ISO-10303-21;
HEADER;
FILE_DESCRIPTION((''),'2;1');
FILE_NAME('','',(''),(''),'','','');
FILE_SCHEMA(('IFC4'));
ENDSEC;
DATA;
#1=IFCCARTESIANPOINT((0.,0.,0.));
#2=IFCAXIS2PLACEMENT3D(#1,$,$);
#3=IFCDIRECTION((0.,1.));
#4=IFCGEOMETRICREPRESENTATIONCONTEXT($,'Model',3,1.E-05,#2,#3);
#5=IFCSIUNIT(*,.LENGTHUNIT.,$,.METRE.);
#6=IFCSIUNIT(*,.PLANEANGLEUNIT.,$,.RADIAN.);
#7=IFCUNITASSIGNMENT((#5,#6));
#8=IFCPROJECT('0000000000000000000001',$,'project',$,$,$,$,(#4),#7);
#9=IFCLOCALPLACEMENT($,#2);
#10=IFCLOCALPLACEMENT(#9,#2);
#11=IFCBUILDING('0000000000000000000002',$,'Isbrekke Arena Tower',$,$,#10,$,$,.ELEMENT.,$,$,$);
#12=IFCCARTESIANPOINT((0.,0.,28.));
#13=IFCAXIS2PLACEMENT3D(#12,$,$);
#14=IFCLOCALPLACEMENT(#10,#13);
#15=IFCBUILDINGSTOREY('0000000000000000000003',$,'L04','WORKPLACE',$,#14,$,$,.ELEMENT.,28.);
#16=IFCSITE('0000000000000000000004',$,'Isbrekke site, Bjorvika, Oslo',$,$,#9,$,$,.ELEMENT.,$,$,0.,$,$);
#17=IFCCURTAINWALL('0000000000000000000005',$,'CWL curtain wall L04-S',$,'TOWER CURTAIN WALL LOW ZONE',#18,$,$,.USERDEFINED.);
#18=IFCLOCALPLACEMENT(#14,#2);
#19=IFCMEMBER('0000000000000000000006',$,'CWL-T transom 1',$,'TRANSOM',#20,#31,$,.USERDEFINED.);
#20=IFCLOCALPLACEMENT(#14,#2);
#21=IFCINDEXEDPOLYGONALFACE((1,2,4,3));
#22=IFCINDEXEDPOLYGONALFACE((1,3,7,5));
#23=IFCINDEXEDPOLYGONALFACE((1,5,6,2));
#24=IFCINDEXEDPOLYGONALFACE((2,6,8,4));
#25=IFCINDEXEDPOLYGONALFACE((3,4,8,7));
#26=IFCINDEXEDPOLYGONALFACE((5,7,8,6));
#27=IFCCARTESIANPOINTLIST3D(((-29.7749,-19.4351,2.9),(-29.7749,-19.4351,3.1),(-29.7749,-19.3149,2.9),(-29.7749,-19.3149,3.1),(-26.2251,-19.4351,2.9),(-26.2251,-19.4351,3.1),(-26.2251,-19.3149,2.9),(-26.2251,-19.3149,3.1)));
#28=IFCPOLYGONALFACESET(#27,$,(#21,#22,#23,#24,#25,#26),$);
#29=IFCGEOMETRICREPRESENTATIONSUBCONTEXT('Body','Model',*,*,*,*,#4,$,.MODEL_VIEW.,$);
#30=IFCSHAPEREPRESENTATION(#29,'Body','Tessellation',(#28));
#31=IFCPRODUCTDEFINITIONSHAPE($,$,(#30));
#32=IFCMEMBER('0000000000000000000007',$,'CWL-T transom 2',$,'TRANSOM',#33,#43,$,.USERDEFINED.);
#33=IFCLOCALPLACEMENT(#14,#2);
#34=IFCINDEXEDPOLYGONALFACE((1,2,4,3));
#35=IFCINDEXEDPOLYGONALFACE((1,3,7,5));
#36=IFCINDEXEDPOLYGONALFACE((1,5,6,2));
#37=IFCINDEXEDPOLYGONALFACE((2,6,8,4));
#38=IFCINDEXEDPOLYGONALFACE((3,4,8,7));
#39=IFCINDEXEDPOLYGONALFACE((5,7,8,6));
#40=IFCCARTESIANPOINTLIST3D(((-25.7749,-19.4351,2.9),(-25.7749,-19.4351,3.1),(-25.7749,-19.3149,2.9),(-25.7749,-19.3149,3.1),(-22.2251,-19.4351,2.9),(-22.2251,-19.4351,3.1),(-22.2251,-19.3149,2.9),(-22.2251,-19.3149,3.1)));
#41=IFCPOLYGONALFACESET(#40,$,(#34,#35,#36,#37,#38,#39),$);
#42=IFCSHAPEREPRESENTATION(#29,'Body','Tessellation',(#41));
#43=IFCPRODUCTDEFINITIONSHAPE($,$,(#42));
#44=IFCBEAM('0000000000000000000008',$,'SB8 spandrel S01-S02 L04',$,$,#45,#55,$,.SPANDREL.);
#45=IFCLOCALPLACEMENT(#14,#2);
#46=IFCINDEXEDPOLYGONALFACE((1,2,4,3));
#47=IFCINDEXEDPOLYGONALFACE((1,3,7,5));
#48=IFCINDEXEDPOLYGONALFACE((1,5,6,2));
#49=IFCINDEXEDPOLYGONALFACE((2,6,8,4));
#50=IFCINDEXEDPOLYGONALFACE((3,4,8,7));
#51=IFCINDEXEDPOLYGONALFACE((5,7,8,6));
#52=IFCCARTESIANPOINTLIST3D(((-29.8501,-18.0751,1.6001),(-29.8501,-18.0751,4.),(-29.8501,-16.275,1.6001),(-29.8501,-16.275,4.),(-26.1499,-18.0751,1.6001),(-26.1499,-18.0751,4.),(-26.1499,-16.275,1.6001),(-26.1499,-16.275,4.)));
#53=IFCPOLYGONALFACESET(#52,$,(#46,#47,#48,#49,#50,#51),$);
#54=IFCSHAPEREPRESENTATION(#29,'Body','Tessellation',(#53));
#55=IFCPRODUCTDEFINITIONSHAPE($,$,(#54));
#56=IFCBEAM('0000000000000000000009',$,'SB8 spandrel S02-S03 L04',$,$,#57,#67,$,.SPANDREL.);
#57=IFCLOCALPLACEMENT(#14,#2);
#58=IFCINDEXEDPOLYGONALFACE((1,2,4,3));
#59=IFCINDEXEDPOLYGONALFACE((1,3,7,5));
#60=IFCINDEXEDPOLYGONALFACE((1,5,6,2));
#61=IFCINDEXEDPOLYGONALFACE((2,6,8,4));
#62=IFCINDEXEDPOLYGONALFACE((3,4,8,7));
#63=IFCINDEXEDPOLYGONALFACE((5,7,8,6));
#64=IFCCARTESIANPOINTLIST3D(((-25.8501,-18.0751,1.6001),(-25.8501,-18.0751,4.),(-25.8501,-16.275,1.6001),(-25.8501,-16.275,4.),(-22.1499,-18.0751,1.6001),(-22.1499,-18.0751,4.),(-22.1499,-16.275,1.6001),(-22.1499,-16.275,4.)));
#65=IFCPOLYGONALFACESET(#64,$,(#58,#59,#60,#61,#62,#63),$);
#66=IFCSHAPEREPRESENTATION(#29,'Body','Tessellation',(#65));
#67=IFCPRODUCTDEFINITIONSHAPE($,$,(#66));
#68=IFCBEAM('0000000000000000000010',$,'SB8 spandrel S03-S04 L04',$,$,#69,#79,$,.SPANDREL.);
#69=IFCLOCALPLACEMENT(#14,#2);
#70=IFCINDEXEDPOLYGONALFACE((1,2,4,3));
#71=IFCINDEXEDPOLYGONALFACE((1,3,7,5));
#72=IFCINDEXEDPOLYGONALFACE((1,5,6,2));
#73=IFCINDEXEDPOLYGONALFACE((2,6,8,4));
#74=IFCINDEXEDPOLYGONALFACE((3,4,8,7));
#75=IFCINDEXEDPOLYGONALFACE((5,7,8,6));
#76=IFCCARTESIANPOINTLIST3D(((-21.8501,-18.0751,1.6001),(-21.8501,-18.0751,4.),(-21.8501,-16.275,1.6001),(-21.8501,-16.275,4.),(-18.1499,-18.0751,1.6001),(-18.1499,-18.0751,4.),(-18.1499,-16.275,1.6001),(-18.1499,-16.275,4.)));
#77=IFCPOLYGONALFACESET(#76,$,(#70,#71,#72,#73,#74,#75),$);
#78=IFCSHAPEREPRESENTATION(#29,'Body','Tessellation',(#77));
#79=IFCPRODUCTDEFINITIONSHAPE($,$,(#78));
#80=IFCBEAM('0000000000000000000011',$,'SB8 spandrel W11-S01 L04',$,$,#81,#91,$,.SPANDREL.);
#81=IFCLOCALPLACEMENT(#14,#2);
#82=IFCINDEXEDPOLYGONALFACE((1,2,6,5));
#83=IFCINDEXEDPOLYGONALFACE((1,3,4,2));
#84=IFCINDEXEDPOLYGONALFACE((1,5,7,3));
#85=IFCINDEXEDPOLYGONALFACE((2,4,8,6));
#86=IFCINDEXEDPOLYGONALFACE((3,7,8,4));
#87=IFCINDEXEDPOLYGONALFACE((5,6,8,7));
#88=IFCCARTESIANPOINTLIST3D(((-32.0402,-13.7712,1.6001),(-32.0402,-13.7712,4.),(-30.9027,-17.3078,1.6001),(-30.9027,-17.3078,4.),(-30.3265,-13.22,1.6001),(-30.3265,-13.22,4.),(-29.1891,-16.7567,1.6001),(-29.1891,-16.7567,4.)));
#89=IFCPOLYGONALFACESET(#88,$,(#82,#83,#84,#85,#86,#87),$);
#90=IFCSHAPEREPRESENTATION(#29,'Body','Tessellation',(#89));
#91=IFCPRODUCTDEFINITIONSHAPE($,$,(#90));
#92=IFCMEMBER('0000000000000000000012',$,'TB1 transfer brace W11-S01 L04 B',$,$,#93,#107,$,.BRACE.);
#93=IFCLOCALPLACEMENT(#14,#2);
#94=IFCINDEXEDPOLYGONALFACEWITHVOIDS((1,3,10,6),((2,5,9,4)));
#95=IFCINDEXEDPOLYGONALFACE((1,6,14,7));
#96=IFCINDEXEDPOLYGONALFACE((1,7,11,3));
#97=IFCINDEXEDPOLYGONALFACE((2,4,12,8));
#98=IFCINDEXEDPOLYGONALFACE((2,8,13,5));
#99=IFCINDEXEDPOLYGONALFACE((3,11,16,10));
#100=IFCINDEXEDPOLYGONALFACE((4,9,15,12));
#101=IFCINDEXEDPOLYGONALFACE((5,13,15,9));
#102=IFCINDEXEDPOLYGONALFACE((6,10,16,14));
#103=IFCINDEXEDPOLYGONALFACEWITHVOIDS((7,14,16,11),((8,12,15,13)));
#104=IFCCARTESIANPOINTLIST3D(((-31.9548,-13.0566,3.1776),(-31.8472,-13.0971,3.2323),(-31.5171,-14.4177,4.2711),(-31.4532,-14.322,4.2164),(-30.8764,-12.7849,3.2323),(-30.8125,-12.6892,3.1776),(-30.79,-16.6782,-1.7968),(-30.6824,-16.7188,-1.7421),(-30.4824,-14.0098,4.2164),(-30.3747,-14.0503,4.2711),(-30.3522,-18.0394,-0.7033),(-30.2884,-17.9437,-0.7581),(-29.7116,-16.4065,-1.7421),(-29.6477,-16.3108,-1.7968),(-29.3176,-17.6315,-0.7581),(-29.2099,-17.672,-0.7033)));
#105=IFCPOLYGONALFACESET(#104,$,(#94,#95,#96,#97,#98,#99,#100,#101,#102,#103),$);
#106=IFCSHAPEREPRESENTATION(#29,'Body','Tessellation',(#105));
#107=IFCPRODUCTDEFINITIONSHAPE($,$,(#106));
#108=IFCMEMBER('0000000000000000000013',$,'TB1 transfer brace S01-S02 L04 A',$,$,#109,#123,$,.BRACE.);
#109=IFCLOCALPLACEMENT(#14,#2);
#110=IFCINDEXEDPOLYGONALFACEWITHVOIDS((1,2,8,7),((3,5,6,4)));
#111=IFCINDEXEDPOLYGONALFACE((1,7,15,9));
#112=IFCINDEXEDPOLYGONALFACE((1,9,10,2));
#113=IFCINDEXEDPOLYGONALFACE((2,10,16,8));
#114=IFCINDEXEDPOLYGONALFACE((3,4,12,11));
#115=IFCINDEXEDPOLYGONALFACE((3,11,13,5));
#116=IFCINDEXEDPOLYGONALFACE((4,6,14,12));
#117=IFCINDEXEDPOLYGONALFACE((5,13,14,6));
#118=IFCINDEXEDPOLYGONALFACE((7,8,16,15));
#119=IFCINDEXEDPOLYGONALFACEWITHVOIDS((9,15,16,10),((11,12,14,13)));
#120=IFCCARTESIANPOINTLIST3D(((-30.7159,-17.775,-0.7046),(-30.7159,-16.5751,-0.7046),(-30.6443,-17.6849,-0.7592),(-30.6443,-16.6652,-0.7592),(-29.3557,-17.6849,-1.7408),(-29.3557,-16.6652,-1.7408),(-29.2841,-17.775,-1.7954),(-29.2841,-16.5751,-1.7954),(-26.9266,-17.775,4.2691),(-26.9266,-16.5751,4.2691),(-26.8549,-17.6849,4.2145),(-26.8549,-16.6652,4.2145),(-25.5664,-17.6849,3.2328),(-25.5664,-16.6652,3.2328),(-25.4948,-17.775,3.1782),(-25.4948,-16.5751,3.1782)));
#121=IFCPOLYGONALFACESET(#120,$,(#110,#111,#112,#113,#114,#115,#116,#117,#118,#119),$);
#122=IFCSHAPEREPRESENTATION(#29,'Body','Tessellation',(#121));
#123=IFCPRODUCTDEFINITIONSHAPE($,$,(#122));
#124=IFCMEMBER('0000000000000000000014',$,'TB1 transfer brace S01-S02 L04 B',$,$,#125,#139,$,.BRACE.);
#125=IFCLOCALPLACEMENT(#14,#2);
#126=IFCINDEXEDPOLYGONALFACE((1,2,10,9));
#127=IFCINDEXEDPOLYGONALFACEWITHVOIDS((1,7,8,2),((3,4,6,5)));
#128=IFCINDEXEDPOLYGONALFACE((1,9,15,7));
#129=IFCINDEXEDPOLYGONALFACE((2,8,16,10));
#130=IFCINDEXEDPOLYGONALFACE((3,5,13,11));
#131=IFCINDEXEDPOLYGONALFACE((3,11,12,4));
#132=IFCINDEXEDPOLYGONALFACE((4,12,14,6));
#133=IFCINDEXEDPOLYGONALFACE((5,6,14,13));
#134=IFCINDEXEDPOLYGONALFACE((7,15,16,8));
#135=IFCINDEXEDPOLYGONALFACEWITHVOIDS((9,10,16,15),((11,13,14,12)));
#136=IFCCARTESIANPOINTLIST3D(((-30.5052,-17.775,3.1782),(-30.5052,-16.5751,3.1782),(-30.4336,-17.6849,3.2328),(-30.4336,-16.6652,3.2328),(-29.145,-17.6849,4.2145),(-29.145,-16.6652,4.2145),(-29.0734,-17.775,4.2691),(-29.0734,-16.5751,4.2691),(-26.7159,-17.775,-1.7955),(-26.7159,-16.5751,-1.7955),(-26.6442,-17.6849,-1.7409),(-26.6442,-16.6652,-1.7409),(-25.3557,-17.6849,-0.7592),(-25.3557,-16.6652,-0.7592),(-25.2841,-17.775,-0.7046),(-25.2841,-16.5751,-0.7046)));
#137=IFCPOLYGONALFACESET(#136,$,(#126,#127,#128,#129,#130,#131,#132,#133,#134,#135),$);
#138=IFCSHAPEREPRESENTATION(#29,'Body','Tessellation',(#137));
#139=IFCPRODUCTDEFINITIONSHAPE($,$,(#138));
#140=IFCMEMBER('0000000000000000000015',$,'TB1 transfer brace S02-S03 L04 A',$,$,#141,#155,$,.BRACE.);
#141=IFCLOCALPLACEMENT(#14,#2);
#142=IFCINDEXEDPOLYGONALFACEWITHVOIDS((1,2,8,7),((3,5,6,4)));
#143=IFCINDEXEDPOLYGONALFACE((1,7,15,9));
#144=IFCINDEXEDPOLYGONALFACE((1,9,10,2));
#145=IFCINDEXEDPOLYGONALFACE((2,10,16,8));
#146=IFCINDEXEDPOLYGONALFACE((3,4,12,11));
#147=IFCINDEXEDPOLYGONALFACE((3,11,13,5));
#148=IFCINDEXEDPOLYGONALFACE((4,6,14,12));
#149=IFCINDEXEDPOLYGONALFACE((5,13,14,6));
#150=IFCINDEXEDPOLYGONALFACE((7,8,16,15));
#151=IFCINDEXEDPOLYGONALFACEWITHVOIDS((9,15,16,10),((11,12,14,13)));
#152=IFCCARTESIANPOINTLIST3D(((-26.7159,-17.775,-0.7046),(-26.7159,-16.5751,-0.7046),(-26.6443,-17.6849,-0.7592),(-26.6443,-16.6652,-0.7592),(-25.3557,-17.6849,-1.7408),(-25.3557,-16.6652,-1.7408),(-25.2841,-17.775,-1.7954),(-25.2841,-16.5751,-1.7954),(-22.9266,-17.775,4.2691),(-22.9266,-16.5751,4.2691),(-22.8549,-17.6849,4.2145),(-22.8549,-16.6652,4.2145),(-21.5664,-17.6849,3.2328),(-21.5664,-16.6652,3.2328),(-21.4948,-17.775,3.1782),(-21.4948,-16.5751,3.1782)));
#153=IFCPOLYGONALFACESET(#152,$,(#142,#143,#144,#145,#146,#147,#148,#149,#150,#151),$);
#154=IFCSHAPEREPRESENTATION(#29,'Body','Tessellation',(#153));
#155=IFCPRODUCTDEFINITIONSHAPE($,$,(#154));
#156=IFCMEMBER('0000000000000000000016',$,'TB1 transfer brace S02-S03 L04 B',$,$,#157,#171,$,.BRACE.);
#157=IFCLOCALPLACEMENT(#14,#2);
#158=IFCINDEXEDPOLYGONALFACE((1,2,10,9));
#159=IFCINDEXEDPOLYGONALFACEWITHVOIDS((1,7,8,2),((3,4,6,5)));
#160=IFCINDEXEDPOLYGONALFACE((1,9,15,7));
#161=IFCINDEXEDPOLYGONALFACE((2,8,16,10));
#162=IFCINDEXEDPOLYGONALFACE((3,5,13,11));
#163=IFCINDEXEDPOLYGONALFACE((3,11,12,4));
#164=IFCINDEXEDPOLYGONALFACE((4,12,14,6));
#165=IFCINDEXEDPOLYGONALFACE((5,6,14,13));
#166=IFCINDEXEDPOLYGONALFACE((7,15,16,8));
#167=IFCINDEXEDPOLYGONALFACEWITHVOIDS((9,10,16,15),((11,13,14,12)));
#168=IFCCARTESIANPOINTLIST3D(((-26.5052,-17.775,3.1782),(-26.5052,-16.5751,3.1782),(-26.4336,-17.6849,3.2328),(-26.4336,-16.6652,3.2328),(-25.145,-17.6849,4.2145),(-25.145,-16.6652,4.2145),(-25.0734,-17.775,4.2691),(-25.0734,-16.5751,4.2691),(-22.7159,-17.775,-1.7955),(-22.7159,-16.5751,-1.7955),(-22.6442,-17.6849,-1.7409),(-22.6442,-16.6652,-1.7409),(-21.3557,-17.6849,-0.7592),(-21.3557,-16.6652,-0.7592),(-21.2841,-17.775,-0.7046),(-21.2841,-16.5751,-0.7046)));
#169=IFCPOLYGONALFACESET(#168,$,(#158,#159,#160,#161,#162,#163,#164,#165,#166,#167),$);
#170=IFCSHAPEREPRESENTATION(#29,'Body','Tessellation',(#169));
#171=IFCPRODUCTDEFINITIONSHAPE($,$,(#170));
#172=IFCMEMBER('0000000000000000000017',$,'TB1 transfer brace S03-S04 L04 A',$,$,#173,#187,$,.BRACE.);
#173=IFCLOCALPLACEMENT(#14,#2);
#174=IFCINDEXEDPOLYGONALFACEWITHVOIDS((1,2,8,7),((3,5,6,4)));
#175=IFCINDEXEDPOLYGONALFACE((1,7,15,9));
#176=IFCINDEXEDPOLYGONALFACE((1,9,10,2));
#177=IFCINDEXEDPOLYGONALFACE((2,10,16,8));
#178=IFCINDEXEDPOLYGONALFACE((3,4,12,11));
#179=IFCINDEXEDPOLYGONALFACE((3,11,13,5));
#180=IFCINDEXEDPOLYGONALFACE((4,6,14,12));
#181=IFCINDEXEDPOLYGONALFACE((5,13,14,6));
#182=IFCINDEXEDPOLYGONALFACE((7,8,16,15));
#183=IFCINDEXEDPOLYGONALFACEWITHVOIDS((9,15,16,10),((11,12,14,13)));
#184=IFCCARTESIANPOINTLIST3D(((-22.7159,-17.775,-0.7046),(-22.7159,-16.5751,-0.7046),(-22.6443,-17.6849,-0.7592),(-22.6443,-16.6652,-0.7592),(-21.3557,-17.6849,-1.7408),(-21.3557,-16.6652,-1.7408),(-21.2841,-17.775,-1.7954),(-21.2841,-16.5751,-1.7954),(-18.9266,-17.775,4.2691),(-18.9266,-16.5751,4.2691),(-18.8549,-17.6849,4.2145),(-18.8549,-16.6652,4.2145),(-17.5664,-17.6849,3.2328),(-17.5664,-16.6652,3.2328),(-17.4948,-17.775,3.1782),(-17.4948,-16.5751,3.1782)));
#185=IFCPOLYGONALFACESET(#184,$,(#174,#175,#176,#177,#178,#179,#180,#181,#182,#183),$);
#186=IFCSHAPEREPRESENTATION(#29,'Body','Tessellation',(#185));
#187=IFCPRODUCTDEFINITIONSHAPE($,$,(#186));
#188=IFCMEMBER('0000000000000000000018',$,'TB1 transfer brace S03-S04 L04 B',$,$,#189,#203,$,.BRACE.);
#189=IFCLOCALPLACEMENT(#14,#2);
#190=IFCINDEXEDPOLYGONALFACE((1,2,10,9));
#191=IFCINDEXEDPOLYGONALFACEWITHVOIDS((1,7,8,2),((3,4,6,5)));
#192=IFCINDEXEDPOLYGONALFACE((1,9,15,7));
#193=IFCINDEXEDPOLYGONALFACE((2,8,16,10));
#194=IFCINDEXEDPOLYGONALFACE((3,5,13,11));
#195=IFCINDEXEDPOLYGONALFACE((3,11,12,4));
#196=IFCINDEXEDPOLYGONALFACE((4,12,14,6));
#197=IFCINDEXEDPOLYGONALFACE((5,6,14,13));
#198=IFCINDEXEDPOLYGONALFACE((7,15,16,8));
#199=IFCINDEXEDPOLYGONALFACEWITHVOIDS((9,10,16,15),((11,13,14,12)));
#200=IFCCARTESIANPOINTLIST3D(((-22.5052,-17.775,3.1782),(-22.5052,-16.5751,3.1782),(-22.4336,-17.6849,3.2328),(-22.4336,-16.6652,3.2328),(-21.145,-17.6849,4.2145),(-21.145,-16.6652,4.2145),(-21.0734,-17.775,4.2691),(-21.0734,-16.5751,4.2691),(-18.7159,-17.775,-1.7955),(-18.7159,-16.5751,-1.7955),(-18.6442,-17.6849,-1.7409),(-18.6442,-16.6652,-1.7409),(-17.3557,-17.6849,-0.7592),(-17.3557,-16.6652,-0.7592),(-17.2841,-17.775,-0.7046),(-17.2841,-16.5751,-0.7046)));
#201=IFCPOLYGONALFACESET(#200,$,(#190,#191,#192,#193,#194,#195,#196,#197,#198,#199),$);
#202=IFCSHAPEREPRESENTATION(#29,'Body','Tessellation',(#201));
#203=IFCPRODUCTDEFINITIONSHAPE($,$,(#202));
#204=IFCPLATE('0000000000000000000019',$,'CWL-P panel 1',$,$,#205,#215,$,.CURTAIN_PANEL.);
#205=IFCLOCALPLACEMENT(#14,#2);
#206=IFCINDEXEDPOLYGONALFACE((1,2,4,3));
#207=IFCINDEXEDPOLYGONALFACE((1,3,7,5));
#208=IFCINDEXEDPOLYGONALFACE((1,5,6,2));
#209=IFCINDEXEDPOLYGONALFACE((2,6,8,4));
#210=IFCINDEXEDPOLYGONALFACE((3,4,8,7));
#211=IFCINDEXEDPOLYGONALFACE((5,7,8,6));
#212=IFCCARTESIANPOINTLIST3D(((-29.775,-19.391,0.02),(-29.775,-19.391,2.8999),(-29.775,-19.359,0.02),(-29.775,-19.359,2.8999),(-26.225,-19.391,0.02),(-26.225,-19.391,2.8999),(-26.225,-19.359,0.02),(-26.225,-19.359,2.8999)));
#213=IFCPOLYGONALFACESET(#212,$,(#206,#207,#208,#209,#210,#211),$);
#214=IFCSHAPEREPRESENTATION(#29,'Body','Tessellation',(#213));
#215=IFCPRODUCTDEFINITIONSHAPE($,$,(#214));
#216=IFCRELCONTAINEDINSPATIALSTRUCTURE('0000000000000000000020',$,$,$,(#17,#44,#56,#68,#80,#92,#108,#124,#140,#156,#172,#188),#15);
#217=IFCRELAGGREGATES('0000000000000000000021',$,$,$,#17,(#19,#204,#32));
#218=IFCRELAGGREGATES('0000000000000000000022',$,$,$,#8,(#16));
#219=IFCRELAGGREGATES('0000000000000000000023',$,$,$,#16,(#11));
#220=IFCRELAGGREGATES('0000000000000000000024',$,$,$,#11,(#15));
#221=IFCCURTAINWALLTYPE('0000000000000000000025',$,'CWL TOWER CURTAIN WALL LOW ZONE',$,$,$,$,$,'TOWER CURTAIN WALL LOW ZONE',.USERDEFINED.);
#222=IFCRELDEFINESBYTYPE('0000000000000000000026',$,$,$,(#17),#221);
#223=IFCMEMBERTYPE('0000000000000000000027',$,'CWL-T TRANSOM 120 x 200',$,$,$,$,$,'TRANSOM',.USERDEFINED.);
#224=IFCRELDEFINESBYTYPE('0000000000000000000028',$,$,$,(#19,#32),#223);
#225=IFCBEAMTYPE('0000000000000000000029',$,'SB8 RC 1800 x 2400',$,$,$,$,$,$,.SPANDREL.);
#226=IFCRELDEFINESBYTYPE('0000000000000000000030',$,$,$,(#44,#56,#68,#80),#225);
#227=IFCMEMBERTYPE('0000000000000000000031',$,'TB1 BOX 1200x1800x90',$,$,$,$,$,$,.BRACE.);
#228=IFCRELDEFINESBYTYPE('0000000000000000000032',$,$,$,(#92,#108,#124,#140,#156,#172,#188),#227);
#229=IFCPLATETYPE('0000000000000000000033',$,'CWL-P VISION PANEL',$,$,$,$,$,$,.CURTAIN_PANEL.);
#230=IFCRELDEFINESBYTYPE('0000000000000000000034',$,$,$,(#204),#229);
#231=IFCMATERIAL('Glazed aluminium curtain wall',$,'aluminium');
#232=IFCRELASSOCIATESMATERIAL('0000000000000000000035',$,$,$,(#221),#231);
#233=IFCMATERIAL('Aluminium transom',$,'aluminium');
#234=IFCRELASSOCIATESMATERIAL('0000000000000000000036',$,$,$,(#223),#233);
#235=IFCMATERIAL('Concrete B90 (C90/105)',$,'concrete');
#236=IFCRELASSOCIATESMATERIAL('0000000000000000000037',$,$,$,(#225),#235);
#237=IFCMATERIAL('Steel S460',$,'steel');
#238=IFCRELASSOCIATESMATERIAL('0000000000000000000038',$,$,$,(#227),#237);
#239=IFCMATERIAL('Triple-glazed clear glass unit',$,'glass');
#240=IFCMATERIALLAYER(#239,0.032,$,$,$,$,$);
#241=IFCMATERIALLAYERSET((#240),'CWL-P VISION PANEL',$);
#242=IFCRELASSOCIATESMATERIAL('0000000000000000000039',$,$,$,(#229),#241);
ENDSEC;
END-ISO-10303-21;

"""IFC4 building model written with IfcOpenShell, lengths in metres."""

from ifc_helpers import new_model, si_unit, direction, frame, origin, origin_2d, place, context, subcontext, project, spatial, rectangle, hollow_rectangle, extrude, material, layer, layer_set, material_profile, profile_set, type_object, element, aggregate, save


model = new_model("IFC4")

# Units and contexts
model_context = context("Model", 3, precision=1e-05, world=origin(), true_north=direction((0.0, 1.0)))
body_context = subcontext(model_context, "Body", "Model", "MODEL_VIEW")
ifc_project = project(units=[si_unit("LENGTHUNIT", "METRE"), si_unit("PLANEANGLEUNIT", "RADIAN")], contexts=[model_context])

# Site, building, storey
site_placement = place(None, origin())
site = spatial("IfcSite", under=ifc_project, at=site_placement, Name="Isbrekke site, Bjorvika, Oslo", CompositionType="ELEMENT", RefElevation=0.0)
building_placement = place(site_placement, origin())
building = spatial("IfcBuilding", under=site, at=building_placement, Name="Isbrekke Arena Tower", CompositionType="ELEMENT")
storey_placement = place(building_placement, frame((0.0, 0.0, 28.0)))
storey = spatial("IfcBuildingStorey", under=building, at=storey_placement, Name="L04", Description="WORKPLACE", CompositionType="ELEMENT", Elevation=28.0)

# Curtain wall, members
ifc_material_1 = material(Name="Glazed aluminium curtain wall", Category="aluminium")
curtain_wall_type = type_object("IfcCurtainWallType", Name="CWL TOWER CURTAIN WALL LOW ZONE", ElementType="TOWER CURTAIN WALL LOW ZONE", PredefinedType="USERDEFINED", material=ifc_material_1)
curtain_wall_placement = place(storey_placement, origin())
curtain_wall = element("IfcCurtainWall", 1, at=curtain_wall_placement, inside=storey, type_object=curtain_wall_type, Name="CWL curtain wall L04-S", ObjectType="TOWER CURTAIN WALL LOW ZONE", PredefinedType="USERDEFINED")
ifc_material_2 = material(Name="Aluminium transom", Category="aluminium")
ifc_material_profile_1 = material_profile(ifc_material_2, rectangle(XDim=0.1201, YDim=0.2, at=origin_2d()), Name="TRANSOM 120X200")
ifc_profile_set_1 = profile_set([ifc_material_profile_1], Name="Aluminium transom")
member_type_1 = type_object("IfcMemberType", Name="CWL-T TRANSOM 120 x 200", ElementType="TRANSOM", PredefinedType="USERDEFINED", material=ifc_profile_set_1)
member_1_placement = place(storey_placement, frame((-29.7749, -19.375, 3.0), z_axis=(1.0, 0.0, 0.0), x_axis=(0.0, 1.0, 0.0)))
member_1 = element("IfcMember", 2, at=member_1_placement, type_object=member_type_1, Name="CWL-T transom 1", ObjectType="TRANSOM", PredefinedType="USERDEFINED", context=body_context, shape_type="SweptSolid", body=[
    extrude(rectangle(XDim=0.1201, YDim=0.2, at=origin_2d()), origin(), (0.0, 0.0, 1.0), 3.5498),
])
member_2_placement = place(storey_placement, frame((-25.7749, -19.375, 3.0), z_axis=(1.0, 0.0, 0.0), x_axis=(0.0, 1.0, 0.0)))
member_2 = element("IfcMember", 3, at=member_2_placement, type_object=member_type_1, Name="CWL-T transom 2", ObjectType="TRANSOM", PredefinedType="USERDEFINED", context=body_context, shape_type="SweptSolid", body=[
    extrude(rectangle(XDim=0.1201, YDim=0.2, at=origin_2d()), origin(), (0.0, 0.0, 1.0), 3.5498),
])

# Beams
ifc_material_3 = material(Name="Concrete B90 (C90/105)", Category="concrete")
ifc_material_profile_2 = material_profile(ifc_material_3, rectangle(XDim=1.8, YDim=2.3999, at=origin_2d()), Name="RC 1800x2400")
ifc_profile_set_2 = profile_set([ifc_material_profile_2], Name="Concrete B90 (C90/105)")
beam_type_1 = type_object("IfcBeamType", Name="SB8 RC 1800 x 2400", PredefinedType="SPANDREL", material=ifc_profile_set_2)
for number, where, z_axis, x_axis, name in (
    (4, (-29.8501, -17.175, 2.8), (1.0, 0.0, 0.0), (0.0, 1.0, 0.0), "SB8 spandrel S01-S02 L04"),
    (5, (-25.8501, -17.175, 2.8), (1.0, 0.0, 0.0), (0.0, 1.0, 0.0), "SB8 spandrel S02-S03 L04"),
    (6, (-21.8501, -17.175, 2.8), (1.0, 0.0, 0.0), (0.0, 1.0, 0.0), "SB8 spandrel S03-S04 L04"),
):
    element("IfcBeam", number, at=place(storey_placement, frame(where, z_axis=z_axis, x_axis=x_axis)), inside=storey, type_object=beam_type_1, Name=name, PredefinedType="SPANDREL", context=body_context, shape_type="SweptSolid", body=[
        extrude(rectangle(XDim=1.8, YDim=2.3999, at=origin_2d()), origin(), (0.0, 0.0, 1.0), 3.7002),
    ])
beam_placement = place(storey_placement, frame((-31.1833, -13.4956, 2.8), z_axis=(0.306175, -0.951975, 0.0), x_axis=(0.951975, 0.306175, 0.0)))
element("IfcBeam", 7, at=beam_placement, inside=storey, type_object=beam_type_1, Name="SB8 spandrel W11-S01 L04", PredefinedType="SPANDREL", context=body_context, shape_type="SweptSolid", body=[
    extrude(rectangle(XDim=1.8, YDim=2.3999, at=origin_2d()), origin(), (0.0, 0.0, 1.0), 3.7151),
])

# Members
ifc_material_4 = material(Name="Steel S460", Category="steel")
ifc_material_profile_3 = material_profile(ifc_material_4, hollow_rectangle(XDim=1.2, YDim=1.8, WallThickness=0.0901, at=origin_2d()), Name="BOX 1200x1800x90")
ifc_profile_set_3 = profile_set([ifc_material_profile_3], Name="Steel S460")
member_type_2 = type_object("IfcMemberType", Name="TB1 BOX 1200x1800x90", PredefinedType="BRACE", material=ifc_profile_set_3)
member_3_placement = place(storey_placement, frame((-31.1648, -13.5535, 3.7244), z_axis=(0.186, -0.578311, -0.79433), x_axis=(0.951974, 0.30618, 0.0)))
element("IfcMember", 8, at=member_3_placement, inside=storey, type_object=member_type_2, Name="TB1 transfer brace W11-S01 L04 B", PredefinedType="BRACE", context=body_context, shape_type="SweptSolid", body=[
    extrude(hollow_rectangle(XDim=1.2, YDim=1.8, WallThickness=0.0901, at=origin_2d()), origin(), (0.0, 0.0, 1.0), 6.2625),
])
for number, where, z_axis, x_axis, name in (
    (9, (-30.0, -17.175, -1.25), (0.60603, 0.0, 0.795442), (0.0, 1.0, 0.0), "TB1 transfer brace S01-S02 L04 A"),
    (10, (-29.7893, -17.175, 3.7236), (0.60603, 0.0, -0.795442), (0.0, 1.0, 0.0), "TB1 transfer brace S01-S02 L04 B"),
    (11, (-26.0, -17.175, -1.25), (0.60603, 0.0, 0.795442), (0.0, 1.0, 0.0), "TB1 transfer brace S02-S03 L04 A"),
    (12, (-25.7893, -17.175, 3.7236), (0.60603, 0.0, -0.795442), (0.0, 1.0, 0.0), "TB1 transfer brace S02-S03 L04 B"),
    (13, (-22.0, -17.175, -1.25), (0.60603, 0.0, 0.795442), (0.0, 1.0, 0.0), "TB1 transfer brace S03-S04 L04 A"),
    (14, (-21.7893, -17.175, 3.7236), (0.60603, 0.0, -0.795442), (0.0, 1.0, 0.0), "TB1 transfer brace S03-S04 L04 B"),
):
    element("IfcMember", number, at=place(storey_placement, frame(where, z_axis=z_axis, x_axis=x_axis)), inside=storey, type_object=member_type_2, Name=name, PredefinedType="BRACE", context=body_context, shape_type="SweptSolid", body=[
        extrude(hollow_rectangle(XDim=1.2, YDim=1.8, WallThickness=0.0901, at=origin_2d()), origin(), (0.0, 0.0, 1.0), 6.2527),
    ])

# Plate
ifc_material_5 = material(Name="Triple-glazed clear glass unit", Category="glass")
ifc_layer_1 = layer(ifc_material_5, 0.032)
ifc_layer_set_1 = layer_set([ifc_layer_1], Name="CWL-P VISION PANEL")
plate_type = type_object("IfcPlateType", Name="CWL-P VISION PANEL", PredefinedType="CURTAIN_PANEL", material=ifc_layer_set_1)
plate_1_placement = place(storey_placement, frame((-28.0, -19.375, 0.02), z_axis=(0.0, 0.0, 1.0), x_axis=(1.0, 0.0, 0.0)))
plate_1 = element("IfcPlate", 15, at=plate_1_placement, type_object=plate_type, Name="CWL-P panel 1", PredefinedType="CURTAIN_PANEL", context=body_context, shape_type="SweptSolid", body=[
    extrude(rectangle(XDim=3.55, YDim=0.032, at=origin_2d()), origin(), (0.0, 0.0, 1.0), 2.8799),
])
aggregate(curtain_wall, [member_1, plate_1, member_2])

save(model, "model.ifc")
